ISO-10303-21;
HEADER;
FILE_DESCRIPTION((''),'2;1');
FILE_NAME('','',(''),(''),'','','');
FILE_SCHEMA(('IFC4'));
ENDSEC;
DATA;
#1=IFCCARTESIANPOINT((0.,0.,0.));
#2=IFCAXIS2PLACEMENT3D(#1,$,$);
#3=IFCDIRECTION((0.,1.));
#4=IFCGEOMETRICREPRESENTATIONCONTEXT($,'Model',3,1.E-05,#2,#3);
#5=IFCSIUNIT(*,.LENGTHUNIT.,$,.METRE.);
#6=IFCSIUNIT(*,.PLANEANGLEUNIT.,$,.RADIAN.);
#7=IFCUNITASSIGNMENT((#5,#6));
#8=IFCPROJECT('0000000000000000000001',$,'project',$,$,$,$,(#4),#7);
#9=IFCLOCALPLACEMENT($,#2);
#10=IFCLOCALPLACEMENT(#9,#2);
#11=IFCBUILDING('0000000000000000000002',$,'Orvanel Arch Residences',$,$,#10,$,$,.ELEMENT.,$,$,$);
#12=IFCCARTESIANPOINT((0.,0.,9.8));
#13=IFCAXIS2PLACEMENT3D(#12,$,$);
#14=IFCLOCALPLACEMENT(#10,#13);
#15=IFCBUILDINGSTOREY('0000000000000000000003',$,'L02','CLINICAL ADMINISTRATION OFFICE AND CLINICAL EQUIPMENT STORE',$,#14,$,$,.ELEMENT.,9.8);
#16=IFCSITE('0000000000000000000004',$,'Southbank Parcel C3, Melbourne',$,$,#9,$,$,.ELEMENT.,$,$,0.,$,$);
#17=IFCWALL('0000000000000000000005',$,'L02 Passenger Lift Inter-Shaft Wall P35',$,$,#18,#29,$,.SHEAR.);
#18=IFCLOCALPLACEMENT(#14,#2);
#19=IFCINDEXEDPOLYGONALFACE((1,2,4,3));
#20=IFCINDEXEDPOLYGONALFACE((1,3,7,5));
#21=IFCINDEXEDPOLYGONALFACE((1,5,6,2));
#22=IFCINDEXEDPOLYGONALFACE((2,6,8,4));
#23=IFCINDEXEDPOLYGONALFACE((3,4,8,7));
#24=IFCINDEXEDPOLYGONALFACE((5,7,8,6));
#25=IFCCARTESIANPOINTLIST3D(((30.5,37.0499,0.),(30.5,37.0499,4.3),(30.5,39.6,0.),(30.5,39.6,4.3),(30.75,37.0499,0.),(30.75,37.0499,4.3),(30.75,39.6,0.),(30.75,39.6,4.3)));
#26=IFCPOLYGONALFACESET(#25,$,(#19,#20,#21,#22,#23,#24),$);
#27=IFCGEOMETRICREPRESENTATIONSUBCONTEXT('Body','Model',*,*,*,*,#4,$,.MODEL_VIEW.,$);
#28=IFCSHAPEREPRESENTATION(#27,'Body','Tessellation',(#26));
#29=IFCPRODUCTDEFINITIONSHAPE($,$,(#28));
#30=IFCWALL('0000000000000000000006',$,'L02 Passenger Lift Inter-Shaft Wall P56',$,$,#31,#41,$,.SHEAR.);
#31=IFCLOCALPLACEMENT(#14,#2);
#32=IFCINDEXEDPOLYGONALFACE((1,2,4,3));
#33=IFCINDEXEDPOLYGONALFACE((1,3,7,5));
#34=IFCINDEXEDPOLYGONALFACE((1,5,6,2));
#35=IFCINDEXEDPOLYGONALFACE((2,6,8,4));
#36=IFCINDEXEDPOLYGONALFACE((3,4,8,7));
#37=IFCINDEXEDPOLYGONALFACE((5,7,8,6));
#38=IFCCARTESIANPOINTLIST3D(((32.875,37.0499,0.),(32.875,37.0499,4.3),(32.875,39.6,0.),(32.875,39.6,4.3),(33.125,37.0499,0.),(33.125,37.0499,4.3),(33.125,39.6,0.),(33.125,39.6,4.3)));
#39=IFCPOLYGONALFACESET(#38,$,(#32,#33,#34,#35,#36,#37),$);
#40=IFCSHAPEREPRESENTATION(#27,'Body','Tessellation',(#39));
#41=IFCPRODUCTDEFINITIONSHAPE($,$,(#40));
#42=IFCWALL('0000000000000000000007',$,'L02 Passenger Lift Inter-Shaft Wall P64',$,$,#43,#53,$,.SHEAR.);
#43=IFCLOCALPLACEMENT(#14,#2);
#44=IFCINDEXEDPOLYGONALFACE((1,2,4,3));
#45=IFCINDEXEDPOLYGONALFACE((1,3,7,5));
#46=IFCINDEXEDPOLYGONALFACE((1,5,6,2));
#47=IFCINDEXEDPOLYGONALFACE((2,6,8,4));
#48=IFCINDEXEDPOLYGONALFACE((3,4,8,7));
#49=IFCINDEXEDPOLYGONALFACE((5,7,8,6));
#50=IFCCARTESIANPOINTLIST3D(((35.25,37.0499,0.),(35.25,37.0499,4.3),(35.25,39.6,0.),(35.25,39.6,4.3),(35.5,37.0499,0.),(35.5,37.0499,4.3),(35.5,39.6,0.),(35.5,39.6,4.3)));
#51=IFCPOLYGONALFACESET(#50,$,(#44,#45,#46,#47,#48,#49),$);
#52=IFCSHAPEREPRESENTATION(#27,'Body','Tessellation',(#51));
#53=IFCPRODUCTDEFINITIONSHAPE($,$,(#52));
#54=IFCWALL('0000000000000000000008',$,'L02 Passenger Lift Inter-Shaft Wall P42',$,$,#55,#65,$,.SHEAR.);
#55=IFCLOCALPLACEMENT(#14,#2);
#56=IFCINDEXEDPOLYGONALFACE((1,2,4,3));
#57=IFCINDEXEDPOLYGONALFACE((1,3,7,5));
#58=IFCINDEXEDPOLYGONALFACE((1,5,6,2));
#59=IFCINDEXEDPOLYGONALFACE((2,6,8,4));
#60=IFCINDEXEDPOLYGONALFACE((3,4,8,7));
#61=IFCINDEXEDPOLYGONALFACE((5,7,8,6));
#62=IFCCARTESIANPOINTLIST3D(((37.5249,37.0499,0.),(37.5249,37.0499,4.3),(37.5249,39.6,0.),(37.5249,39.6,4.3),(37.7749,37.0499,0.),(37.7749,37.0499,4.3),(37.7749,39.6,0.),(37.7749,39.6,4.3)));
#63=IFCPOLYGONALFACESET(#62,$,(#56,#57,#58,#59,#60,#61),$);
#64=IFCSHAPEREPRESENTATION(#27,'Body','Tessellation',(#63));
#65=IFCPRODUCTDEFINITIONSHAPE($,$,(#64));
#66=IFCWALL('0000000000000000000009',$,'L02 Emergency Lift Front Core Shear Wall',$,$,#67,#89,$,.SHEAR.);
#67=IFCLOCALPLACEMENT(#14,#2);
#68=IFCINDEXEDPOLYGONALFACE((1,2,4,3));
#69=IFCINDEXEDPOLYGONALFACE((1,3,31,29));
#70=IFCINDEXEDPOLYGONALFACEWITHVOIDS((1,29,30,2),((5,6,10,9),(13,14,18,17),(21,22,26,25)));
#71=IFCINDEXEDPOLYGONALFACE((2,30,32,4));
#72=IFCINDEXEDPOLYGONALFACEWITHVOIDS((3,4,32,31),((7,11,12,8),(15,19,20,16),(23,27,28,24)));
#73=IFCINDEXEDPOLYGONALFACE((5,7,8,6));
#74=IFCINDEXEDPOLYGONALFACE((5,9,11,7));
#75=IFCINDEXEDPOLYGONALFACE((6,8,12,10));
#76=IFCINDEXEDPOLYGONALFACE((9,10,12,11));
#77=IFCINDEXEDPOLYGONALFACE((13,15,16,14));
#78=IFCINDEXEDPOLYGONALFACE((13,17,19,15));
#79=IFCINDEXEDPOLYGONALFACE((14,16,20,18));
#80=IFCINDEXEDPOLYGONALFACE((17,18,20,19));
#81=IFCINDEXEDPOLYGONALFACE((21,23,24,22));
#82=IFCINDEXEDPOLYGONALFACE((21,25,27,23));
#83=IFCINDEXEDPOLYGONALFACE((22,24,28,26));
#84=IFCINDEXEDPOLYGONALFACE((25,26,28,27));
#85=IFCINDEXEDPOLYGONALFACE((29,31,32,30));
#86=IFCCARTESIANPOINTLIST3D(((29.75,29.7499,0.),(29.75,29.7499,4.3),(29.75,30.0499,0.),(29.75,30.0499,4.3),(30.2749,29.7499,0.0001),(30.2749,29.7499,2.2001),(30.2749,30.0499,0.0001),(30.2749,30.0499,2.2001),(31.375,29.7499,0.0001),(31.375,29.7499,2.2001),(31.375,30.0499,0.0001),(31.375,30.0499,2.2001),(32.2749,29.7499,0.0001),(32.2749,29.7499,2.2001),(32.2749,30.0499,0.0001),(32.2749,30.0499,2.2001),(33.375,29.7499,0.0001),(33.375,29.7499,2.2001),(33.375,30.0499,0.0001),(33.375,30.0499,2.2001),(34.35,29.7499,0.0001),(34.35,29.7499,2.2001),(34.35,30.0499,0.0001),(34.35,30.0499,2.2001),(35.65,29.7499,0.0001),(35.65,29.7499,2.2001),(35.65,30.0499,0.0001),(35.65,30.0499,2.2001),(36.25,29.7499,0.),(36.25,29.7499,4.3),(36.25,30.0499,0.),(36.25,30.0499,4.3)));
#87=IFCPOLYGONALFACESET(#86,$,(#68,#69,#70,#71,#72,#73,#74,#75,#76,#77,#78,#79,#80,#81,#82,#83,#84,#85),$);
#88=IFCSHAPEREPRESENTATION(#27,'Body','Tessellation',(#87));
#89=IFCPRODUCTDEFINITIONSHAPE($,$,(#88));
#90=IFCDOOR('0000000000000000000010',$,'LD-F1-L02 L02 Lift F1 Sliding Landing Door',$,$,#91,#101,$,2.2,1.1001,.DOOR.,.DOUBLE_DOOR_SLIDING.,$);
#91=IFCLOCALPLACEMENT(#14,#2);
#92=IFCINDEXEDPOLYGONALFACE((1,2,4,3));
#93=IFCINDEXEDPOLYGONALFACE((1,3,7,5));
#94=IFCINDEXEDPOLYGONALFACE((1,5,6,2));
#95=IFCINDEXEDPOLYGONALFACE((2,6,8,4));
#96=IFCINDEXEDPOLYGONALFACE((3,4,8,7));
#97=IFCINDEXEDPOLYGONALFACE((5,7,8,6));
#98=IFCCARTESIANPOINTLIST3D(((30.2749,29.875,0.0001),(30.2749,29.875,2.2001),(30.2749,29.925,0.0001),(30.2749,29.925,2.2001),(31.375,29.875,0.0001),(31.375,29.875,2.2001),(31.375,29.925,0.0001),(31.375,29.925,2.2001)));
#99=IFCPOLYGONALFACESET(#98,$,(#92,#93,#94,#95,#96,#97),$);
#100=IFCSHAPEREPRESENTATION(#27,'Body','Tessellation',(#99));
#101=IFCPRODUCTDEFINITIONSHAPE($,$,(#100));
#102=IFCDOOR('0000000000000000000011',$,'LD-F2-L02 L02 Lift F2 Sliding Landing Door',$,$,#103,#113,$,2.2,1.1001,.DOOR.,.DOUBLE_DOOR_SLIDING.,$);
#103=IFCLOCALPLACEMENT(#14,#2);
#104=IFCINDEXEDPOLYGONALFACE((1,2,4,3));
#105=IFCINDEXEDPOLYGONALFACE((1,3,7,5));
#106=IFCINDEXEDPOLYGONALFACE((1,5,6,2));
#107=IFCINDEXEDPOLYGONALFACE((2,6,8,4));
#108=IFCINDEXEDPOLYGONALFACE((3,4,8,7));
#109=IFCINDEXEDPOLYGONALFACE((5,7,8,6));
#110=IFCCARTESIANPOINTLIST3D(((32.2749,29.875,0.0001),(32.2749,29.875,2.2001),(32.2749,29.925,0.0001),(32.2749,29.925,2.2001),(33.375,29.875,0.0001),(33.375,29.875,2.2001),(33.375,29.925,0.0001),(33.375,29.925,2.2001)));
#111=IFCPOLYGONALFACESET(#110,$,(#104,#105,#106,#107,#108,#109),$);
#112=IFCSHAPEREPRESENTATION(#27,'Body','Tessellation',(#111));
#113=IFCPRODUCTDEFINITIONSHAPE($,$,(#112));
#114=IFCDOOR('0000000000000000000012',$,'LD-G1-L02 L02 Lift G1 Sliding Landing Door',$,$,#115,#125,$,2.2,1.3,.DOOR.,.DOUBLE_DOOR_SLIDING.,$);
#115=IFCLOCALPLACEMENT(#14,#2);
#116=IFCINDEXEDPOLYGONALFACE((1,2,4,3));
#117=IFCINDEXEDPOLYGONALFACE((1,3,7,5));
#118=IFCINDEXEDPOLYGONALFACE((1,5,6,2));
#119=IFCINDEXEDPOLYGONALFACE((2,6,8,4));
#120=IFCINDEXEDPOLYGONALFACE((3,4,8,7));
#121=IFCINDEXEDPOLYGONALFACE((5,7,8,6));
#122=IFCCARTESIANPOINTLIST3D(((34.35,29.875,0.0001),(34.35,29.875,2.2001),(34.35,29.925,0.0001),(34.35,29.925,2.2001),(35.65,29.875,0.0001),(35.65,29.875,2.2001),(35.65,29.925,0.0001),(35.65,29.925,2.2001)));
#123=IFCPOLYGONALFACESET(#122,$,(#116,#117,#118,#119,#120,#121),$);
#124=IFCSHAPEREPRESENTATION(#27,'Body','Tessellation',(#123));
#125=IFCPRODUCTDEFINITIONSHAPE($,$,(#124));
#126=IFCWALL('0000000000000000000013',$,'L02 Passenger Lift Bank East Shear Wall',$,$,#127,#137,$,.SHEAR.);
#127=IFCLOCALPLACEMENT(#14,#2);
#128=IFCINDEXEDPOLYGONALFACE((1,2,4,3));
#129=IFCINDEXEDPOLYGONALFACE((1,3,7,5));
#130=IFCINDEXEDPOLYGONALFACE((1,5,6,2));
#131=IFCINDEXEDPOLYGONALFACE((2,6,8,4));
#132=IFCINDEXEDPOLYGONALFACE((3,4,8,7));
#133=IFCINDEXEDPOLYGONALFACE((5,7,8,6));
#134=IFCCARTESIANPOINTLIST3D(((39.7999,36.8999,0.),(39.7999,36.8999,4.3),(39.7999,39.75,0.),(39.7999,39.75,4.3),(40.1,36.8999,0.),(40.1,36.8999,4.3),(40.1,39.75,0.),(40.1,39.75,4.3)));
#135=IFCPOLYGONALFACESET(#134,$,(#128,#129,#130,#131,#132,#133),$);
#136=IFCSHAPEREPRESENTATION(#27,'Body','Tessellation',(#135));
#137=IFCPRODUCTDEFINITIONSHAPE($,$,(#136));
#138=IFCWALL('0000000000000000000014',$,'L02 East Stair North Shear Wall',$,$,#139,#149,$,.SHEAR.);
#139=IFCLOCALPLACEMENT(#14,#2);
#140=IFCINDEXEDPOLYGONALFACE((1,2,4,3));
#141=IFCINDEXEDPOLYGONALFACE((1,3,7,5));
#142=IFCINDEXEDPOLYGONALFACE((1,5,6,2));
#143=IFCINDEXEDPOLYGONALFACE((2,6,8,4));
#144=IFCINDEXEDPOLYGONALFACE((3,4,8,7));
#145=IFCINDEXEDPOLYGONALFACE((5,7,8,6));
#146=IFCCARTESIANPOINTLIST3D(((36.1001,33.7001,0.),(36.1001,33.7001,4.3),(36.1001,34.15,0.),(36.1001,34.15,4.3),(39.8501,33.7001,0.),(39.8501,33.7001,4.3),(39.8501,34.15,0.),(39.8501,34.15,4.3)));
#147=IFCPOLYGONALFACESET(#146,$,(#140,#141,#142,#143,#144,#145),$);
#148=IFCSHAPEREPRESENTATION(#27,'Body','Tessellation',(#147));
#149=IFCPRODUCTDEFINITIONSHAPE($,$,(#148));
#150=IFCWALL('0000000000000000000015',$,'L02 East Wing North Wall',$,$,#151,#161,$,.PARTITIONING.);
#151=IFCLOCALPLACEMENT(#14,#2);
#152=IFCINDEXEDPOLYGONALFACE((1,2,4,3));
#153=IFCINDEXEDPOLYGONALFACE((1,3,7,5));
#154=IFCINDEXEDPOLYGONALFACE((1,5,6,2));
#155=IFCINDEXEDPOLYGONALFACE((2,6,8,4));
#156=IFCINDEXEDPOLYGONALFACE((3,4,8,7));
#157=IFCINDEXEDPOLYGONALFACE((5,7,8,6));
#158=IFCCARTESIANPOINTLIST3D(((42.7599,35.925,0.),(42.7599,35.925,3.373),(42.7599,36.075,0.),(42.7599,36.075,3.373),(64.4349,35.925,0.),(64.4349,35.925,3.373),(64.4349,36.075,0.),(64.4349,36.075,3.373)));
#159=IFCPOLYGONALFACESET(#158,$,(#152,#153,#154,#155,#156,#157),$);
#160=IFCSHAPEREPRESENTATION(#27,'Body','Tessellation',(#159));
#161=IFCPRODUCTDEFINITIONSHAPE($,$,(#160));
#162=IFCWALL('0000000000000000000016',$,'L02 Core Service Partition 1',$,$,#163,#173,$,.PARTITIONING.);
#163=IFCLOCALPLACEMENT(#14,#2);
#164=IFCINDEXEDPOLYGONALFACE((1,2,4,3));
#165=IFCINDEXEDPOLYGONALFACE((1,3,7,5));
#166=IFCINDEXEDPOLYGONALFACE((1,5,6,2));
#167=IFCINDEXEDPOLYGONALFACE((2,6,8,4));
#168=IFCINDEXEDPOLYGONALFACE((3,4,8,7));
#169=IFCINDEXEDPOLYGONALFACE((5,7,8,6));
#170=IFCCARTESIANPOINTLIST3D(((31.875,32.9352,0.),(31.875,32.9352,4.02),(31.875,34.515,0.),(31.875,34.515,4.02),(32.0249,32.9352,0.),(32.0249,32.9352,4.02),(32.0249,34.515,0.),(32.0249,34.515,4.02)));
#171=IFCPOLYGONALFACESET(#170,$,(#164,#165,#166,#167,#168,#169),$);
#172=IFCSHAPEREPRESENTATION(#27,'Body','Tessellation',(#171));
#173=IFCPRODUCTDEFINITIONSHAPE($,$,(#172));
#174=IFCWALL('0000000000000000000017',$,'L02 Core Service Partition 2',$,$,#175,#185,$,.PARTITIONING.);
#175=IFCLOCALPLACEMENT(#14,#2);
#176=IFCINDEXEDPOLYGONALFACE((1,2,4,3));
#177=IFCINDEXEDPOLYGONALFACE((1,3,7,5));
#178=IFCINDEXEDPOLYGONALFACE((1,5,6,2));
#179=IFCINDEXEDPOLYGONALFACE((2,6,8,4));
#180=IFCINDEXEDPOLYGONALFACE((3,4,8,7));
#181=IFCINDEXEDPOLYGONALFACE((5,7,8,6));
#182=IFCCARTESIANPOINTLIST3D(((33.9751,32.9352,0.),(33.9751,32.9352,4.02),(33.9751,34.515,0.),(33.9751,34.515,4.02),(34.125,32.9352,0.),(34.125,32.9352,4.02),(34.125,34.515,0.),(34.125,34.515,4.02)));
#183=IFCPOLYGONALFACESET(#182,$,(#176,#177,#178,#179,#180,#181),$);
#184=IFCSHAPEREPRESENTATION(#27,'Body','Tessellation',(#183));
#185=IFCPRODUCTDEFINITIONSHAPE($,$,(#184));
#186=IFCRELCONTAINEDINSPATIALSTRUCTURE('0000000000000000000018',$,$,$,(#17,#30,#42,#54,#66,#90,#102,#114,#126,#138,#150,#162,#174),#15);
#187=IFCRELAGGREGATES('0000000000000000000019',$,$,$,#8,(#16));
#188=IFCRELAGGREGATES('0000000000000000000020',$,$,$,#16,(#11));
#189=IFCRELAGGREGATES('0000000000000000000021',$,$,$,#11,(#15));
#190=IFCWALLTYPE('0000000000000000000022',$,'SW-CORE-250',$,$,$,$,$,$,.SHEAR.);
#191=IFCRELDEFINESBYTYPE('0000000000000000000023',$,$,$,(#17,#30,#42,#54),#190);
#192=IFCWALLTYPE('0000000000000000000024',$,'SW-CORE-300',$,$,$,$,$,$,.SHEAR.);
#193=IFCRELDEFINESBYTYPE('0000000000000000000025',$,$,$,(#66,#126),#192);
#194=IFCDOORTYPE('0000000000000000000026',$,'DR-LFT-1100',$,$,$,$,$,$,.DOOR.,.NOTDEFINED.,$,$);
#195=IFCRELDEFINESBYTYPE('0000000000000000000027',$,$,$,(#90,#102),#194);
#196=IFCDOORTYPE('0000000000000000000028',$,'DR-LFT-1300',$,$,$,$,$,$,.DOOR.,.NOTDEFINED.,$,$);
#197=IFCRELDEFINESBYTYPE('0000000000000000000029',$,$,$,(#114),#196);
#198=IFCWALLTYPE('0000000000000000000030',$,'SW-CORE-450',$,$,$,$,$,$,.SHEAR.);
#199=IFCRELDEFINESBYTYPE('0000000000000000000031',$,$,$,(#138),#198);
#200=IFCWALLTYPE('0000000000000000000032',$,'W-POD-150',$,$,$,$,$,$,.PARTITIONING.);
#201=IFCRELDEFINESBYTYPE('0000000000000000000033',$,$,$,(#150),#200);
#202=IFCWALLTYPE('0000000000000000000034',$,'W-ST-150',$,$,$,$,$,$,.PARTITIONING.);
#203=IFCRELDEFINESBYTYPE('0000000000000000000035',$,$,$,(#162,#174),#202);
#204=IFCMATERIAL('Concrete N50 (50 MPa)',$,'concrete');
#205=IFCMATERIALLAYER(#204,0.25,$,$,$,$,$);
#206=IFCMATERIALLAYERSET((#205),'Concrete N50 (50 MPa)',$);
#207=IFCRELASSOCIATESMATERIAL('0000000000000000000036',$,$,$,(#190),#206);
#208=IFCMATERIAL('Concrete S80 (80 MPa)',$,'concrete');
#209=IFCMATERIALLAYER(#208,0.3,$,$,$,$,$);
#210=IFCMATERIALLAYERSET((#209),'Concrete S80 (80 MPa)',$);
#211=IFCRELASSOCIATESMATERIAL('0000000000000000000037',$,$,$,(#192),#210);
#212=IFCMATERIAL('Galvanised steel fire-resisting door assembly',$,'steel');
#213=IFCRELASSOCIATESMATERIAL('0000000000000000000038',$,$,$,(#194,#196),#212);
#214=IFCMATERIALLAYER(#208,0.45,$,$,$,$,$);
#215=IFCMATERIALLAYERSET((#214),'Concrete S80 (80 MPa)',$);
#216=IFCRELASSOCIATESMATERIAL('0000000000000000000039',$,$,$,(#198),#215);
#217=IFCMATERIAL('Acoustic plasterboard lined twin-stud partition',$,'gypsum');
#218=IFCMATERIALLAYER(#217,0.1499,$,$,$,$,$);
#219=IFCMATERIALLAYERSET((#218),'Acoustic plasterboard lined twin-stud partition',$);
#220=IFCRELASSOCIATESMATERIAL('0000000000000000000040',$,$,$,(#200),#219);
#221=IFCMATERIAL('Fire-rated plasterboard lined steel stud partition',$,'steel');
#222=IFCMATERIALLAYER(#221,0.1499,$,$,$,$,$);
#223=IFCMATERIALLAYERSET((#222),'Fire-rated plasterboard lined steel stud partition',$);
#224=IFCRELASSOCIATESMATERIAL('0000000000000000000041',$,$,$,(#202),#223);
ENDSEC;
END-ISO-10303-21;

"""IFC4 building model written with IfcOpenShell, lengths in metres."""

from ifc_helpers import new_model, si_unit, direction, frame, frame_2d, origin, place, context, subcontext, project, spatial, rectangle, extrude, material, layer, layer_set, type_object, element, fill, save


model = new_model("IFC4")

# Units and contexts
model_context = context("Model", 3, precision=1e-05, world=origin(), true_north=direction((0.0, 1.0)))
body_context = subcontext(model_context, "Body", "Model", "MODEL_VIEW")
ifc_project = project(units=[si_unit("LENGTHUNIT", "METRE"), si_unit("PLANEANGLEUNIT", "RADIAN")], contexts=[model_context])

# Site, building, storey
site_placement = place(None, origin())
site = spatial("IfcSite", under=ifc_project, at=site_placement, Name="Southbank Parcel C3, Melbourne", CompositionType="ELEMENT", RefElevation=0.0)
building_placement = place(site_placement, origin())
building = spatial("IfcBuilding", under=site, at=building_placement, Name="Orvanel Arch Residences", CompositionType="ELEMENT")
storey_placement = place(building_placement, frame((0.0, 0.0, 9.8)))
storey = spatial("IfcBuildingStorey", under=building, at=storey_placement, Name="L02", Description="CLINICAL ADMINISTRATION OFFICE AND CLINICAL EQUIPMENT STORE", CompositionType="ELEMENT", Elevation=9.8)

# Walls
ifc_material_1 = material(Name="Concrete N50 (50 MPa)", Category="concrete")
ifc_layer_1 = layer(ifc_material_1, 0.25)
ifc_layer_set_1 = layer_set([ifc_layer_1], Name="Concrete N50 (50 MPa)")
wall_type_1 = type_object("IfcWallType", Name="SW-CORE-250", PredefinedType="SHEAR", material=ifc_layer_set_1)
for number, where, z_axis, x_axis, name in (
    (1, (30.625, 37.05, 0.0), (0.0, 0.0, 1.0), (0.0, 1.0, 0.0), "L02 Passenger Lift Inter-Shaft Wall P35"),
    (2, (33.0, 37.05, 0.0), (0.0, 0.0, 1.0), (0.0, 1.0, 0.0), "L02 Passenger Lift Inter-Shaft Wall P56"),
    (3, (35.375, 37.05, 0.0), (0.0, 0.0, 1.0), (0.0, 1.0, 0.0), "L02 Passenger Lift Inter-Shaft Wall P64"),
    (4, (37.6499, 37.05, 0.0), (0.0, 0.0, 1.0), (0.0, 1.0, 0.0), "L02 Passenger Lift Inter-Shaft Wall P42"),
):
    element("IfcWall", number, at=place(storey_placement, frame(where, z_axis=z_axis, x_axis=x_axis)), inside=storey, type_object=wall_type_1, Name=name, PredefinedType="SHEAR", context=body_context, shape_type="SweptSolid", body=[
        extrude(rectangle(XDim=2.55, YDim=0.25, at=frame_2d((1.2749, 0.0))), origin(), (0.0, 0.0, 1.0), 4.3),
    ])

# Wall, openings, doors
ifc_material_2 = material(Name="Concrete S80 (80 MPa)", Category="concrete")
ifc_layer_2 = layer(ifc_material_2, 0.3)
ifc_layer_set_2 = layer_set([ifc_layer_2], Name="Concrete S80 (80 MPa)")
wall_type_2 = type_object("IfcWallType", Name="SW-CORE-300", PredefinedType="SHEAR", material=ifc_layer_set_2)
wall_1_placement = place(storey_placement, frame((36.25, 29.8999, 0.0), z_axis=(0.0, 0.0, 1.0), x_axis=(-1.0, 0.0, 0.0)))
wall_1 = element("IfcWall", 5, at=wall_1_placement, inside=storey, type_object=wall_type_2, Name="L02 Emergency Lift Front Core Shear Wall", PredefinedType="SHEAR", context=body_context, shape_type="SweptSolid", body=[
    extrude(rectangle(XDim=6.5, YDim=0.3, at=frame_2d((3.25, 0.0))), origin(), (0.0, 0.0, 1.0), 4.3),
])
opening_1_placement = place(wall_1_placement, frame((4.875, 0.0, 0.0)))
opening_1 = element("IfcOpeningElement", 6, at=opening_1_placement, cuts=wall_1, PredefinedType="OPENING", context=body_context, shape_type="SweptSolid", body=[
    extrude(rectangle(XDim=1.1001, YDim=2.2, at=frame_2d((0.55, 1.1001))), frame((0.0, 0.1599, 0.0), z_axis=(0.0, -1.0, 0.0), x_axis=(1.0, 0.0, 0.0)), (0.0, 0.0, 1.0), 0.3201),
])
opening_2_placement = place(wall_1_placement, frame((2.875, 0.0, 0.0)))
opening_2 = element("IfcOpeningElement", 7, at=opening_2_placement, cuts=wall_1, PredefinedType="OPENING", context=body_context, shape_type="SweptSolid", body=[
    extrude(rectangle(XDim=1.1001, YDim=2.2, at=frame_2d((0.55, 1.1001))), frame((0.0, 0.1599, 0.0), z_axis=(0.0, -1.0, 0.0), x_axis=(1.0, 0.0, 0.0)), (0.0, 0.0, 1.0), 0.3201),
])
opening_3_placement = place(wall_1_placement, frame((0.6001, 0.0, 0.0)))
opening_3 = element("IfcOpeningElement", 8, at=opening_3_placement, cuts=wall_1, PredefinedType="OPENING", context=body_context, shape_type="SweptSolid", body=[
    extrude(rectangle(XDim=1.3, YDim=2.2, at=frame_2d((0.6499, 1.1001))), frame((0.0, 0.1599, 0.0), z_axis=(0.0, -1.0, 0.0), x_axis=(1.0, 0.0, 0.0)), (0.0, 0.0, 1.0), 0.3201),
])
ifc_material_3 = material(Name="Galvanised steel fire-resisting door assembly", Category="steel")
door_type_1 = type_object("IfcDoorType", Name="DR-LFT-1100", OperationType="NOTDEFINED", PredefinedType="DOOR", material=ifc_material_3)
door_1_placement = place(opening_1_placement, origin())
door_1 = element("IfcDoor", 9, at=door_1_placement, inside=storey, type_object=door_type_1, Name="LD-F1-L02 L02 Lift F1 Sliding Landing Door", OperationType="DOUBLE_DOOR_SLIDING", OverallHeight=2.2, OverallWidth=1.1001, PredefinedType="DOOR", context=body_context, shape_type="SweptSolid", body=[
    extrude(rectangle(XDim=1.1001, YDim=2.2, at=frame_2d((0.55, 1.1001))), frame((0.0, 0.0249, 0.0), z_axis=(0.0, -1.0, 0.0), x_axis=(1.0, 0.0, 0.0)), (0.0, 0.0, 1.0), 0.05),
])
fill(opening_1, door_1)
door_2_placement = place(opening_2_placement, origin())
door_2 = element("IfcDoor", 10, at=door_2_placement, inside=storey, type_object=door_type_1, Name="LD-F2-L02 L02 Lift F2 Sliding Landing Door", OperationType="DOUBLE_DOOR_SLIDING", OverallHeight=2.2, OverallWidth=1.1001, PredefinedType="DOOR", context=body_context, shape_type="SweptSolid", body=[
    extrude(rectangle(XDim=1.1001, YDim=2.2, at=frame_2d((0.55, 1.1001))), frame((0.0, 0.0249, 0.0), z_axis=(0.0, -1.0, 0.0), x_axis=(1.0, 0.0, 0.0)), (0.0, 0.0, 1.0), 0.05),
])
fill(opening_2, door_2)
door_type_2 = type_object("IfcDoorType", Name="DR-LFT-1300", OperationType="NOTDEFINED", PredefinedType="DOOR", material=ifc_material_3)
door_3_placement = place(opening_3_placement, origin())
door_3 = element("IfcDoor", 11, at=door_3_placement, inside=storey, type_object=door_type_2, Name="LD-G1-L02 L02 Lift G1 Sliding Landing Door", OperationType="DOUBLE_DOOR_SLIDING", OverallHeight=2.2, OverallWidth=1.3, PredefinedType="DOOR", context=body_context, shape_type="SweptSolid", body=[
    extrude(rectangle(XDim=1.3, YDim=2.2, at=frame_2d((0.6499, 1.1001))), frame((0.0, 0.0249, 0.0), z_axis=(0.0, -1.0, 0.0), x_axis=(1.0, 0.0, 0.0)), (0.0, 0.0, 1.0), 0.05),
])
fill(opening_3, door_3)

# Walls
wall_2_placement = place(storey_placement, frame((39.95, 36.8999, 0.0), z_axis=(0.0, 0.0, 1.0), x_axis=(0.0, 1.0, 0.0)))
element("IfcWall", 12, at=wall_2_placement, inside=storey, type_object=wall_type_2, Name="L02 Passenger Lift Bank East Shear Wall", PredefinedType="SHEAR", context=body_context, shape_type="SweptSolid", body=[
    extrude(rectangle(XDim=2.8501, YDim=0.3, at=frame_2d((1.425, 0.0))), origin(), (0.0, 0.0, 1.0), 4.3),
])
ifc_layer_3 = layer(ifc_material_2, 0.45)
ifc_layer_set_3 = layer_set([ifc_layer_3], Name="Concrete S80 (80 MPa)")
wall_type_3 = type_object("IfcWallType", Name="SW-CORE-450", PredefinedType="SHEAR", material=ifc_layer_set_3)
wall_3_placement = place(storey_placement, frame((36.1001, 33.925, 0.0), z_axis=(0.0, 0.0, 1.0), x_axis=(1.0, 0.0, 0.0)))
element("IfcWall", 13, at=wall_3_placement, inside=storey, type_object=wall_type_3, Name="L02 East Stair North Shear Wall", PredefinedType="SHEAR", context=body_context, shape_type="SweptSolid", body=[
    extrude(rectangle(XDim=3.75, YDim=0.45, at=frame_2d((1.875, 0.0))), origin(), (0.0, 0.0, 1.0), 4.3),
])
ifc_material_4 = material(Name="Acoustic plasterboard lined twin-stud partition", Category="gypsum")
ifc_layer_4 = layer(ifc_material_4, 0.1499)
ifc_layer_set_4 = layer_set([ifc_layer_4], Name="Acoustic plasterboard lined twin-stud partition")
wall_type_4 = type_object("IfcWallType", Name="W-POD-150", PredefinedType="PARTITIONING", material=ifc_layer_set_4)
wall_4_placement = place(storey_placement, frame((42.76, 36.0, 0.0), z_axis=(0.0, 0.0, 1.0), x_axis=(1.0, 0.0, 0.0)))
element("IfcWall", 14, at=wall_4_placement, inside=storey, type_object=wall_type_4, Name="L02 East Wing North Wall", PredefinedType="PARTITIONING", context=body_context, shape_type="SweptSolid", body=[
    extrude(rectangle(XDim=21.675, YDim=0.1499, at=frame_2d((10.8374, 0.0))), origin(), (0.0, 0.0, 1.0), 3.373),
])
ifc_material_5 = material(Name="Fire-rated plasterboard lined steel stud partition", Category="steel")
ifc_layer_5 = layer(ifc_material_5, 0.1499)
ifc_layer_set_5 = layer_set([ifc_layer_5], Name="Fire-rated plasterboard lined steel stud partition")
wall_type_5 = type_object("IfcWallType", Name="W-ST-150", PredefinedType="PARTITIONING", material=ifc_layer_set_5)
for number, where, z_axis, x_axis, name in (
    (15, (31.95, 32.9351, 0.0), (0.0, 0.0, 1.0), (0.0, 1.0, 0.0), "L02 Core Service Partition 1"),
    (16, (34.05, 32.9351, 0.0), (0.0, 0.0, 1.0), (0.0, 1.0, 0.0), "L02 Core Service Partition 2"),
):
    element("IfcWall", number, at=place(storey_placement, frame(where, z_axis=z_axis, x_axis=x_axis)), inside=storey, type_object=wall_type_5, Name=name, PredefinedType="PARTITIONING", context=body_context, shape_type="SweptSolid", body=[
        extrude(rectangle(XDim=1.5798, YDim=0.1499, at=frame_2d((0.79, 0.0))), origin(), (0.0, 0.0, 1.0), 4.02),
    ])

save(model, "model.ifc")
